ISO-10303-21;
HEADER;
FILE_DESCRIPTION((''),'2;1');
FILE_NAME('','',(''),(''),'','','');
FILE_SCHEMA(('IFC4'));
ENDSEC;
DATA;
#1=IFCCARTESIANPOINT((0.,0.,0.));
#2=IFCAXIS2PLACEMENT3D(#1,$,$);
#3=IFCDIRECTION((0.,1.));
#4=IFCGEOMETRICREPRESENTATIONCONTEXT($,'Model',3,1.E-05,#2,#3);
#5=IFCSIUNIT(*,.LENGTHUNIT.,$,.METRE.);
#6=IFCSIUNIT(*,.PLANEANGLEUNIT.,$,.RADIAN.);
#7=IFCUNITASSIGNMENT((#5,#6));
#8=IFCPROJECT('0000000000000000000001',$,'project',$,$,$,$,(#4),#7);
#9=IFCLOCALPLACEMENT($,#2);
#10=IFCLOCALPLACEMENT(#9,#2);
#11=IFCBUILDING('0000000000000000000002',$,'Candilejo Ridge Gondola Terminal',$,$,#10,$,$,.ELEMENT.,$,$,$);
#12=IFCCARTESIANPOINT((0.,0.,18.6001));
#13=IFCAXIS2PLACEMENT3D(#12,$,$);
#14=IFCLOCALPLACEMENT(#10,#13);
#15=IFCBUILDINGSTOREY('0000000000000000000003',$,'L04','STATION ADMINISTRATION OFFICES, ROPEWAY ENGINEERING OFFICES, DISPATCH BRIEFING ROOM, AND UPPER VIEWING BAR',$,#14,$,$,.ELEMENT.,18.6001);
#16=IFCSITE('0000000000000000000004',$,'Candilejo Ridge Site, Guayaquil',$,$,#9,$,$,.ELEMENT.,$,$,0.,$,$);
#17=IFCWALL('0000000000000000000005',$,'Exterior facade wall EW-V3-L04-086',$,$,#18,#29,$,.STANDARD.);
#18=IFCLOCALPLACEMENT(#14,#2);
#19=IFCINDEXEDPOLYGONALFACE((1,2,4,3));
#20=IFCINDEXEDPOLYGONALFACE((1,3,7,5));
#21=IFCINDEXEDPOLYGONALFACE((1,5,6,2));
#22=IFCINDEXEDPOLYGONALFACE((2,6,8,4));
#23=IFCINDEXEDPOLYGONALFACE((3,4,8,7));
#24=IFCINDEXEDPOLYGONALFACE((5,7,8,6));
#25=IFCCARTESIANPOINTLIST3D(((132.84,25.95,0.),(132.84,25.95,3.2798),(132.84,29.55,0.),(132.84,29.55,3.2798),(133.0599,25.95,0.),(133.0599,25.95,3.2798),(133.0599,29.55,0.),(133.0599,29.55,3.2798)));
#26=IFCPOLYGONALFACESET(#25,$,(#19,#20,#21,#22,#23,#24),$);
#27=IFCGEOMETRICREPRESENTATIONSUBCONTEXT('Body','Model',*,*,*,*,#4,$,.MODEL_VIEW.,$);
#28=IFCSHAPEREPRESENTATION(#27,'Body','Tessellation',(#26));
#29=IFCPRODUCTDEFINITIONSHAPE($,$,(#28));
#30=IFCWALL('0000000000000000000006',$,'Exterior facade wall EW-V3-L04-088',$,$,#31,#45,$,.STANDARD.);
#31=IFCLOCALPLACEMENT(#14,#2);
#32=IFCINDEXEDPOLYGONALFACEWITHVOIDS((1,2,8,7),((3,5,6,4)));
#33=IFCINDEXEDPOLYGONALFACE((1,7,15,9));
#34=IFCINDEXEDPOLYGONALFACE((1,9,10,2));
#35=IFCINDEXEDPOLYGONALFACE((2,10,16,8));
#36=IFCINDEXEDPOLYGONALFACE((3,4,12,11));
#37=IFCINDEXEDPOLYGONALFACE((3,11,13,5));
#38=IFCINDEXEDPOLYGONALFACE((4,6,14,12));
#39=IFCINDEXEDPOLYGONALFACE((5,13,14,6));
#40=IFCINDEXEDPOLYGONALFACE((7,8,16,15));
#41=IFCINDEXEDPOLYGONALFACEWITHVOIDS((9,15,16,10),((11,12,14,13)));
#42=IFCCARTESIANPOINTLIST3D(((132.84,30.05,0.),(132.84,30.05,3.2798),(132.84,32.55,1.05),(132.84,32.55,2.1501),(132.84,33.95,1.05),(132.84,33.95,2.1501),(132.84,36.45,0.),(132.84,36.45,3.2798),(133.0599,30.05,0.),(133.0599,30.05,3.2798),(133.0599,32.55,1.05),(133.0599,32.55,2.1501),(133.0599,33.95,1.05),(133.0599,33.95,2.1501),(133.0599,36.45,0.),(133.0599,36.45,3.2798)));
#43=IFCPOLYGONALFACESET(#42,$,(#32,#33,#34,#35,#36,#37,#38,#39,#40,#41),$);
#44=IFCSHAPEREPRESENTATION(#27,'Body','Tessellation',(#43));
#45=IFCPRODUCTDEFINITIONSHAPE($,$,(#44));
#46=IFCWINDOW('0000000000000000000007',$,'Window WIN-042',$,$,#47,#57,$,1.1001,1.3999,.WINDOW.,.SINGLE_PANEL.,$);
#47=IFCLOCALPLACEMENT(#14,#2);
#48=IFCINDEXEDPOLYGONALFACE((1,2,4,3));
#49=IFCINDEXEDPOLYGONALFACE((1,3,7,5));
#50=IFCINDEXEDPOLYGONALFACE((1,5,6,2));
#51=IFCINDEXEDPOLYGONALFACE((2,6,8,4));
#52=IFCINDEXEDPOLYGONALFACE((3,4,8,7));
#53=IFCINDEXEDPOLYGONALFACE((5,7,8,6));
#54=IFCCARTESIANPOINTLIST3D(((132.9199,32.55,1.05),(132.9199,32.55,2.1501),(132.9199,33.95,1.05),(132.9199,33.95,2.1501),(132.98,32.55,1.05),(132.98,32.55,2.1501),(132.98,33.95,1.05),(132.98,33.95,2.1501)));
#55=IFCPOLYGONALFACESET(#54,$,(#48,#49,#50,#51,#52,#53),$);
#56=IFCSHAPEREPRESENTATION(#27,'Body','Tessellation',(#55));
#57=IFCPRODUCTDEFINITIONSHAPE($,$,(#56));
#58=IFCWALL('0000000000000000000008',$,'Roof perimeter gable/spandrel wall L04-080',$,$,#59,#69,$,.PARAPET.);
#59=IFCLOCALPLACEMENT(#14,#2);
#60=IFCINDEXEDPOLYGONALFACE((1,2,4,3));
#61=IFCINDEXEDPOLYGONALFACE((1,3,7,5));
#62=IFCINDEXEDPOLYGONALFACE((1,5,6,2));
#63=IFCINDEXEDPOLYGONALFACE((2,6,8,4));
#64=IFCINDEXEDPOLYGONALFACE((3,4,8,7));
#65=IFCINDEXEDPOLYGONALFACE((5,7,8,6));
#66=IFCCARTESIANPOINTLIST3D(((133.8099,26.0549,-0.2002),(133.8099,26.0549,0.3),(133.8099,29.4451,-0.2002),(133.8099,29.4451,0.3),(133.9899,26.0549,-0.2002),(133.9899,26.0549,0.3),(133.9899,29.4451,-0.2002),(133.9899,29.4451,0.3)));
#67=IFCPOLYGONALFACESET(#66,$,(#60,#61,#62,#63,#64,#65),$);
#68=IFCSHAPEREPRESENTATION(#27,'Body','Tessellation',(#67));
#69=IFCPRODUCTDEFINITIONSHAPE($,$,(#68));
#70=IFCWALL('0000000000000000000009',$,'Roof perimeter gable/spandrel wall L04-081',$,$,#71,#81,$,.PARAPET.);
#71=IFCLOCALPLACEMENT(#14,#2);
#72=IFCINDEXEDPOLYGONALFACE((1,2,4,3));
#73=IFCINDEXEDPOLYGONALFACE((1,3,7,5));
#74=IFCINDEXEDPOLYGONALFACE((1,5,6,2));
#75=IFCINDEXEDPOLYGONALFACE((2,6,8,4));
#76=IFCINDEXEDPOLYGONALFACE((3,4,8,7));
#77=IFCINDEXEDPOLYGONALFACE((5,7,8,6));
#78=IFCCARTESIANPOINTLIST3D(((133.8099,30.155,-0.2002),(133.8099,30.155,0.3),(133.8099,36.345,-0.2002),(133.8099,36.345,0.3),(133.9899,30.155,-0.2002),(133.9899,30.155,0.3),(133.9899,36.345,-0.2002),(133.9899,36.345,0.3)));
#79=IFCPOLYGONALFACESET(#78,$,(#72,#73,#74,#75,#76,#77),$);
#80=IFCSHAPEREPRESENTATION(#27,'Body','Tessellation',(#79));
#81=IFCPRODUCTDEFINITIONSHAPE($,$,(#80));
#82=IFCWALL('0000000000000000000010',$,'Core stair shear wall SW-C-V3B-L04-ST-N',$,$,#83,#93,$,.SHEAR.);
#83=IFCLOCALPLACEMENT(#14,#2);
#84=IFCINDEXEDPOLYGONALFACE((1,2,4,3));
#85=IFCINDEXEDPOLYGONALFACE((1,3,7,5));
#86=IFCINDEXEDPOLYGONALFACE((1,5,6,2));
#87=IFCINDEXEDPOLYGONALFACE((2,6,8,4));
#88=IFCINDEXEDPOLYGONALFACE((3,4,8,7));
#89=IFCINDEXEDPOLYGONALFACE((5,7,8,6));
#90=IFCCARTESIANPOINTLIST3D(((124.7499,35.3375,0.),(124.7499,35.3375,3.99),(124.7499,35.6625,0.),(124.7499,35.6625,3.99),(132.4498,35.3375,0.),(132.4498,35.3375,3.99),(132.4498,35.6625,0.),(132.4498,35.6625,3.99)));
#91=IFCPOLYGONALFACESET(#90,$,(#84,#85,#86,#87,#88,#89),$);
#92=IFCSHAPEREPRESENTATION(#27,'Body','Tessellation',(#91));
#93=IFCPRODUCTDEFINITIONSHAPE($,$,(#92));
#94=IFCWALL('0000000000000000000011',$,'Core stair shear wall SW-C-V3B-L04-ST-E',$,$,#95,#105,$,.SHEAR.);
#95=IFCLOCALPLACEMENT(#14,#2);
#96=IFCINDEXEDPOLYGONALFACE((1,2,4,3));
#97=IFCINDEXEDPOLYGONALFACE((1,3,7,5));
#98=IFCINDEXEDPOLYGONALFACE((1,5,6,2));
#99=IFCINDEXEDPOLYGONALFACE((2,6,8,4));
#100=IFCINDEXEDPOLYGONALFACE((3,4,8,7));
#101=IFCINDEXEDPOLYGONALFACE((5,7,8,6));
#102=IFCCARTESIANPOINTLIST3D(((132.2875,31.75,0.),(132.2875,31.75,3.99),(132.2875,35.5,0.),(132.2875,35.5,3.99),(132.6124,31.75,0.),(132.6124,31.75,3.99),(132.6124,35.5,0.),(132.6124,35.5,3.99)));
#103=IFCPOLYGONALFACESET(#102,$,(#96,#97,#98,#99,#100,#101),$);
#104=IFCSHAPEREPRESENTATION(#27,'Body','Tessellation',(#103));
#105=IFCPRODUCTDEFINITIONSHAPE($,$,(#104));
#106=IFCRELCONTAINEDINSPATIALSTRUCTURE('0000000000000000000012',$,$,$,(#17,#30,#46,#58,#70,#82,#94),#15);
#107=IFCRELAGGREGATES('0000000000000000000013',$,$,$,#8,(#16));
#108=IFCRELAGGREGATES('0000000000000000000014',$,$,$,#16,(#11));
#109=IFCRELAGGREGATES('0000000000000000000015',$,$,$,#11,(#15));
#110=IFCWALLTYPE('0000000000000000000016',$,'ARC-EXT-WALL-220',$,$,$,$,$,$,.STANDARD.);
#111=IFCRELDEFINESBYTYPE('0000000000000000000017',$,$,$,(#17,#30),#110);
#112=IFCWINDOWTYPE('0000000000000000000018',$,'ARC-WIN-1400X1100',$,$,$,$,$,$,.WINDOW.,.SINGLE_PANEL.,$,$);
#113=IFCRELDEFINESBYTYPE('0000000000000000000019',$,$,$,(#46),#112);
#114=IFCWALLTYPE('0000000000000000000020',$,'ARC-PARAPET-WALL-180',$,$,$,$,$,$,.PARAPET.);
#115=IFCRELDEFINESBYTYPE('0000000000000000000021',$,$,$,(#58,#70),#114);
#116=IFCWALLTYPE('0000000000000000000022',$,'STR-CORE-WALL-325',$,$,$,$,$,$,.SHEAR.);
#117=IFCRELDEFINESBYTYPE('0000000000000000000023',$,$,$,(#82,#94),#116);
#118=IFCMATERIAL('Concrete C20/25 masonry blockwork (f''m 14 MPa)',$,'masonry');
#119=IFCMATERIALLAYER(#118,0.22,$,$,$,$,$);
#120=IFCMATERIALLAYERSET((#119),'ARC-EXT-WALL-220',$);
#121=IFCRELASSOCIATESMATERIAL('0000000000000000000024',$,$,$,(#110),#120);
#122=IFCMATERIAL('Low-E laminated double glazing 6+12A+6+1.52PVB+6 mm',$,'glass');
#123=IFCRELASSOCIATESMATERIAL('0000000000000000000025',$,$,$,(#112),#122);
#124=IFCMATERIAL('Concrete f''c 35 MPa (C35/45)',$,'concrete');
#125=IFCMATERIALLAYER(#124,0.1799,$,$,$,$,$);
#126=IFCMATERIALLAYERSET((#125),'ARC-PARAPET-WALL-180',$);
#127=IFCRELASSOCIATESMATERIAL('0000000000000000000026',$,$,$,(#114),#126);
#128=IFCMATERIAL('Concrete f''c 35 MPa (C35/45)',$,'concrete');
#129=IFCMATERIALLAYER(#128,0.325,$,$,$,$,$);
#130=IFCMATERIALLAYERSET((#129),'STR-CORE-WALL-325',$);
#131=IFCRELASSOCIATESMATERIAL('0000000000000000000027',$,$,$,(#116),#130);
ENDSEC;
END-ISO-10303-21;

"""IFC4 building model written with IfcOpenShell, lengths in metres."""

from ifc_helpers import new_model, si_unit, direction, frame, frame_2d, origin, place, context, subcontext, project, spatial, rectangle, extrude, material, layer, layer_set, type_object, element, fill, save


model = new_model("IFC4")

# Units and contexts
model_context = context("Model", 3, precision=1e-05, world=origin(), true_north=direction((0.0, 1.0)))
body_context = subcontext(model_context, "Body", "Model", "MODEL_VIEW")
ifc_project = project(units=[si_unit("LENGTHUNIT", "METRE"), si_unit("PLANEANGLEUNIT", "RADIAN")], contexts=[model_context])

# Site, building, storey
site_placement = place(None, origin())
site = spatial("IfcSite", under=ifc_project, at=site_placement, Name="Candilejo Ridge Site, Guayaquil", CompositionType="ELEMENT", RefElevation=0.0)
building_placement = place(site_placement, origin())
building = spatial("IfcBuilding", under=site, at=building_placement, Name="Candilejo Ridge Gondola Terminal", CompositionType="ELEMENT")
storey_placement = place(building_placement, frame((0.0, 0.0, 18.6001)))
storey = spatial("IfcBuildingStorey", under=building, at=storey_placement, Name="L04", Description="STATION ADMINISTRATION OFFICES, ROPEWAY ENGINEERING OFFICES, DISPATCH BRIEFING ROOM, AND UPPER VIEWING BAR", CompositionType="ELEMENT", Elevation=18.6001)

# Wall
ifc_material_1 = material(Name="Concrete C20/25 masonry blockwork (f'm 14 MPa)", Category="masonry")
ifc_layer_1 = layer(ifc_material_1, 0.22)
ifc_layer_set_1 = layer_set([ifc_layer_1], Name="ARC-EXT-WALL-220")
wall_type_1 = type_object("IfcWallType", Name="ARC-EXT-WALL-220", PredefinedType="STANDARD", material=ifc_layer_set_1)
wall_1_placement = place(storey_placement, frame((132.95, 29.55, 0.0), z_axis=(0.0, 0.0, 1.0), x_axis=(0.0, -1.0, 0.0)))
element("IfcWall", 1, at=wall_1_placement, inside=storey, type_object=wall_type_1, Name="Exterior facade wall EW-V3-L04-086", PredefinedType="STANDARD", context=body_context, shape_type="SweptSolid", body=[
    extrude(rectangle(XDim=3.6001, YDim=0.22, at=frame_2d((1.8, 0.0))), origin(), (0.0, 0.0, 1.0), 3.2798),
])

# Wall, opening, window
wall_2_placement = place(storey_placement, frame((132.95, 36.45, 0.0), z_axis=(0.0, 0.0, 1.0), x_axis=(0.0, -1.0, 0.0)))
wall_2 = element("IfcWall", 2, at=wall_2_placement, inside=storey, type_object=wall_type_1, Name="Exterior facade wall EW-V3-L04-088", PredefinedType="STANDARD", context=body_context, shape_type="SweptSolid", body=[
    extrude(rectangle(XDim=6.3999, YDim=0.22, at=frame_2d((3.2, 0.0))), origin(), (0.0, 0.0, 1.0), 3.2798),
])
opening_placement = place(wall_2_placement, frame((2.5, 0.0, 1.05)))
opening = element("IfcOpeningElement", 3, at=opening_placement, cuts=wall_2, PredefinedType="OPENING", context=body_context, shape_type="SweptSolid", body=[
    extrude(rectangle(XDim=1.3999, YDim=1.1001, at=frame_2d((0.7, 0.55))), frame((0.0, 0.1199, 0.0), z_axis=(0.0, -1.0, 0.0), x_axis=(1.0, 0.0, 0.0)), (0.0, 0.0, 1.0), 0.24),
])
ifc_material_2 = material(Name="Low-E laminated double glazing 6+12A+6+1.52PVB+6 mm", Category="glass")
window_type = type_object("IfcWindowType", Name="ARC-WIN-1400X1100", PartitioningType="SINGLE_PANEL", PredefinedType="WINDOW", material=ifc_material_2)
window_placement = place(opening_placement, origin())
window = element("IfcWindow", 4, at=window_placement, inside=storey, type_object=window_type, Name="Window WIN-042", OverallHeight=1.1001, OverallWidth=1.3999, PartitioningType="SINGLE_PANEL", PredefinedType="WINDOW", context=body_context, shape_type="SweptSolid", body=[
    extrude(rectangle(XDim=1.3999, YDim=1.1001, at=frame_2d((0.7, 0.55))), frame((0.0, 0.03, 0.0), z_axis=(0.0, -1.0, 0.0), x_axis=(1.0, 0.0, 0.0)), (0.0, 0.0, 1.0), 0.0601),
])
fill(opening, window)

# Walls
ifc_material_3 = material(Name="Concrete f'c 35 MPa (C35/45)", Category="concrete")
ifc_layer_2 = layer(ifc_material_3, 0.1799)
ifc_layer_set_2 = layer_set([ifc_layer_2], Name="ARC-PARAPET-WALL-180")
wall_type_2 = type_object("IfcWallType", Name="ARC-PARAPET-WALL-180", PredefinedType="PARAPET", material=ifc_layer_set_2)
wall_3_placement = place(storey_placement, frame((133.8999, 26.0549, -0.2002), z_axis=(0.0, 0.0, 1.0), x_axis=(0.0, 1.0, 0.0)))
element("IfcWall", 5, at=wall_3_placement, inside=storey, type_object=wall_type_2, Name="Roof perimeter gable/spandrel wall L04-080", PredefinedType="PARAPET", context=body_context, shape_type="SweptSolid", body=[
    extrude(rectangle(XDim=3.3901, YDim=0.1799, at=frame_2d((1.6951, 0.0))), origin(), (0.0, 0.0, 1.0), 0.5002),
])
wall_4_placement = place(storey_placement, frame((133.8999, 30.155, -0.2002), z_axis=(0.0, 0.0, 1.0), x_axis=(0.0, 1.0, 0.0)))
element("IfcWall", 6, at=wall_4_placement, inside=storey, type_object=wall_type_2, Name="Roof perimeter gable/spandrel wall L04-081", PredefinedType="PARAPET", context=body_context, shape_type="SweptSolid", body=[
    extrude(rectangle(XDim=6.1899, YDim=0.1799, at=frame_2d((3.095, 0.0))), origin(), (0.0, 0.0, 1.0), 0.5002),
])
ifc_material_4 = material(Name="Concrete f'c 35 MPa (C35/45)", Category="concrete")
ifc_layer_3 = layer(ifc_material_4, 0.325)
ifc_layer_set_3 = layer_set([ifc_layer_3], Name="STR-CORE-WALL-325")
wall_type_3 = type_object("IfcWallType", Name="STR-CORE-WALL-325", PredefinedType="SHEAR", material=ifc_layer_set_3)
wall_5_placement = place(storey_placement, frame((132.45, 35.5, 0.0), z_axis=(0.0, 0.0, 1.0), x_axis=(-1.0, 0.0, 0.0)))
element("IfcWall", 7, at=wall_5_placement, inside=storey, type_object=wall_type_3, Name="Core stair shear wall SW-C-V3B-L04-ST-N", PredefinedType="SHEAR", context=body_context, shape_type="SweptSolid", body=[
    extrude(rectangle(XDim=7.7, YDim=0.325, at=frame_2d((3.8501, 0.0))), origin(), (0.0, 0.0, 1.0), 3.99),
])
wall_6_placement = place(storey_placement, frame((132.45, 31.75, 0.0), z_axis=(0.0, 0.0, 1.0), x_axis=(0.0, 1.0, 0.0)))
element("IfcWall", 8, at=wall_6_placement, inside=storey, type_object=wall_type_3, Name="Core stair shear wall SW-C-V3B-L04-ST-E", PredefinedType="SHEAR", context=body_context, shape_type="SweptSolid", body=[
    extrude(rectangle(XDim=3.75, YDim=0.325, at=frame_2d((1.875, 0.0))), origin(), (0.0, 0.0, 1.0), 3.99),
])

save(model, "model.ifc")
